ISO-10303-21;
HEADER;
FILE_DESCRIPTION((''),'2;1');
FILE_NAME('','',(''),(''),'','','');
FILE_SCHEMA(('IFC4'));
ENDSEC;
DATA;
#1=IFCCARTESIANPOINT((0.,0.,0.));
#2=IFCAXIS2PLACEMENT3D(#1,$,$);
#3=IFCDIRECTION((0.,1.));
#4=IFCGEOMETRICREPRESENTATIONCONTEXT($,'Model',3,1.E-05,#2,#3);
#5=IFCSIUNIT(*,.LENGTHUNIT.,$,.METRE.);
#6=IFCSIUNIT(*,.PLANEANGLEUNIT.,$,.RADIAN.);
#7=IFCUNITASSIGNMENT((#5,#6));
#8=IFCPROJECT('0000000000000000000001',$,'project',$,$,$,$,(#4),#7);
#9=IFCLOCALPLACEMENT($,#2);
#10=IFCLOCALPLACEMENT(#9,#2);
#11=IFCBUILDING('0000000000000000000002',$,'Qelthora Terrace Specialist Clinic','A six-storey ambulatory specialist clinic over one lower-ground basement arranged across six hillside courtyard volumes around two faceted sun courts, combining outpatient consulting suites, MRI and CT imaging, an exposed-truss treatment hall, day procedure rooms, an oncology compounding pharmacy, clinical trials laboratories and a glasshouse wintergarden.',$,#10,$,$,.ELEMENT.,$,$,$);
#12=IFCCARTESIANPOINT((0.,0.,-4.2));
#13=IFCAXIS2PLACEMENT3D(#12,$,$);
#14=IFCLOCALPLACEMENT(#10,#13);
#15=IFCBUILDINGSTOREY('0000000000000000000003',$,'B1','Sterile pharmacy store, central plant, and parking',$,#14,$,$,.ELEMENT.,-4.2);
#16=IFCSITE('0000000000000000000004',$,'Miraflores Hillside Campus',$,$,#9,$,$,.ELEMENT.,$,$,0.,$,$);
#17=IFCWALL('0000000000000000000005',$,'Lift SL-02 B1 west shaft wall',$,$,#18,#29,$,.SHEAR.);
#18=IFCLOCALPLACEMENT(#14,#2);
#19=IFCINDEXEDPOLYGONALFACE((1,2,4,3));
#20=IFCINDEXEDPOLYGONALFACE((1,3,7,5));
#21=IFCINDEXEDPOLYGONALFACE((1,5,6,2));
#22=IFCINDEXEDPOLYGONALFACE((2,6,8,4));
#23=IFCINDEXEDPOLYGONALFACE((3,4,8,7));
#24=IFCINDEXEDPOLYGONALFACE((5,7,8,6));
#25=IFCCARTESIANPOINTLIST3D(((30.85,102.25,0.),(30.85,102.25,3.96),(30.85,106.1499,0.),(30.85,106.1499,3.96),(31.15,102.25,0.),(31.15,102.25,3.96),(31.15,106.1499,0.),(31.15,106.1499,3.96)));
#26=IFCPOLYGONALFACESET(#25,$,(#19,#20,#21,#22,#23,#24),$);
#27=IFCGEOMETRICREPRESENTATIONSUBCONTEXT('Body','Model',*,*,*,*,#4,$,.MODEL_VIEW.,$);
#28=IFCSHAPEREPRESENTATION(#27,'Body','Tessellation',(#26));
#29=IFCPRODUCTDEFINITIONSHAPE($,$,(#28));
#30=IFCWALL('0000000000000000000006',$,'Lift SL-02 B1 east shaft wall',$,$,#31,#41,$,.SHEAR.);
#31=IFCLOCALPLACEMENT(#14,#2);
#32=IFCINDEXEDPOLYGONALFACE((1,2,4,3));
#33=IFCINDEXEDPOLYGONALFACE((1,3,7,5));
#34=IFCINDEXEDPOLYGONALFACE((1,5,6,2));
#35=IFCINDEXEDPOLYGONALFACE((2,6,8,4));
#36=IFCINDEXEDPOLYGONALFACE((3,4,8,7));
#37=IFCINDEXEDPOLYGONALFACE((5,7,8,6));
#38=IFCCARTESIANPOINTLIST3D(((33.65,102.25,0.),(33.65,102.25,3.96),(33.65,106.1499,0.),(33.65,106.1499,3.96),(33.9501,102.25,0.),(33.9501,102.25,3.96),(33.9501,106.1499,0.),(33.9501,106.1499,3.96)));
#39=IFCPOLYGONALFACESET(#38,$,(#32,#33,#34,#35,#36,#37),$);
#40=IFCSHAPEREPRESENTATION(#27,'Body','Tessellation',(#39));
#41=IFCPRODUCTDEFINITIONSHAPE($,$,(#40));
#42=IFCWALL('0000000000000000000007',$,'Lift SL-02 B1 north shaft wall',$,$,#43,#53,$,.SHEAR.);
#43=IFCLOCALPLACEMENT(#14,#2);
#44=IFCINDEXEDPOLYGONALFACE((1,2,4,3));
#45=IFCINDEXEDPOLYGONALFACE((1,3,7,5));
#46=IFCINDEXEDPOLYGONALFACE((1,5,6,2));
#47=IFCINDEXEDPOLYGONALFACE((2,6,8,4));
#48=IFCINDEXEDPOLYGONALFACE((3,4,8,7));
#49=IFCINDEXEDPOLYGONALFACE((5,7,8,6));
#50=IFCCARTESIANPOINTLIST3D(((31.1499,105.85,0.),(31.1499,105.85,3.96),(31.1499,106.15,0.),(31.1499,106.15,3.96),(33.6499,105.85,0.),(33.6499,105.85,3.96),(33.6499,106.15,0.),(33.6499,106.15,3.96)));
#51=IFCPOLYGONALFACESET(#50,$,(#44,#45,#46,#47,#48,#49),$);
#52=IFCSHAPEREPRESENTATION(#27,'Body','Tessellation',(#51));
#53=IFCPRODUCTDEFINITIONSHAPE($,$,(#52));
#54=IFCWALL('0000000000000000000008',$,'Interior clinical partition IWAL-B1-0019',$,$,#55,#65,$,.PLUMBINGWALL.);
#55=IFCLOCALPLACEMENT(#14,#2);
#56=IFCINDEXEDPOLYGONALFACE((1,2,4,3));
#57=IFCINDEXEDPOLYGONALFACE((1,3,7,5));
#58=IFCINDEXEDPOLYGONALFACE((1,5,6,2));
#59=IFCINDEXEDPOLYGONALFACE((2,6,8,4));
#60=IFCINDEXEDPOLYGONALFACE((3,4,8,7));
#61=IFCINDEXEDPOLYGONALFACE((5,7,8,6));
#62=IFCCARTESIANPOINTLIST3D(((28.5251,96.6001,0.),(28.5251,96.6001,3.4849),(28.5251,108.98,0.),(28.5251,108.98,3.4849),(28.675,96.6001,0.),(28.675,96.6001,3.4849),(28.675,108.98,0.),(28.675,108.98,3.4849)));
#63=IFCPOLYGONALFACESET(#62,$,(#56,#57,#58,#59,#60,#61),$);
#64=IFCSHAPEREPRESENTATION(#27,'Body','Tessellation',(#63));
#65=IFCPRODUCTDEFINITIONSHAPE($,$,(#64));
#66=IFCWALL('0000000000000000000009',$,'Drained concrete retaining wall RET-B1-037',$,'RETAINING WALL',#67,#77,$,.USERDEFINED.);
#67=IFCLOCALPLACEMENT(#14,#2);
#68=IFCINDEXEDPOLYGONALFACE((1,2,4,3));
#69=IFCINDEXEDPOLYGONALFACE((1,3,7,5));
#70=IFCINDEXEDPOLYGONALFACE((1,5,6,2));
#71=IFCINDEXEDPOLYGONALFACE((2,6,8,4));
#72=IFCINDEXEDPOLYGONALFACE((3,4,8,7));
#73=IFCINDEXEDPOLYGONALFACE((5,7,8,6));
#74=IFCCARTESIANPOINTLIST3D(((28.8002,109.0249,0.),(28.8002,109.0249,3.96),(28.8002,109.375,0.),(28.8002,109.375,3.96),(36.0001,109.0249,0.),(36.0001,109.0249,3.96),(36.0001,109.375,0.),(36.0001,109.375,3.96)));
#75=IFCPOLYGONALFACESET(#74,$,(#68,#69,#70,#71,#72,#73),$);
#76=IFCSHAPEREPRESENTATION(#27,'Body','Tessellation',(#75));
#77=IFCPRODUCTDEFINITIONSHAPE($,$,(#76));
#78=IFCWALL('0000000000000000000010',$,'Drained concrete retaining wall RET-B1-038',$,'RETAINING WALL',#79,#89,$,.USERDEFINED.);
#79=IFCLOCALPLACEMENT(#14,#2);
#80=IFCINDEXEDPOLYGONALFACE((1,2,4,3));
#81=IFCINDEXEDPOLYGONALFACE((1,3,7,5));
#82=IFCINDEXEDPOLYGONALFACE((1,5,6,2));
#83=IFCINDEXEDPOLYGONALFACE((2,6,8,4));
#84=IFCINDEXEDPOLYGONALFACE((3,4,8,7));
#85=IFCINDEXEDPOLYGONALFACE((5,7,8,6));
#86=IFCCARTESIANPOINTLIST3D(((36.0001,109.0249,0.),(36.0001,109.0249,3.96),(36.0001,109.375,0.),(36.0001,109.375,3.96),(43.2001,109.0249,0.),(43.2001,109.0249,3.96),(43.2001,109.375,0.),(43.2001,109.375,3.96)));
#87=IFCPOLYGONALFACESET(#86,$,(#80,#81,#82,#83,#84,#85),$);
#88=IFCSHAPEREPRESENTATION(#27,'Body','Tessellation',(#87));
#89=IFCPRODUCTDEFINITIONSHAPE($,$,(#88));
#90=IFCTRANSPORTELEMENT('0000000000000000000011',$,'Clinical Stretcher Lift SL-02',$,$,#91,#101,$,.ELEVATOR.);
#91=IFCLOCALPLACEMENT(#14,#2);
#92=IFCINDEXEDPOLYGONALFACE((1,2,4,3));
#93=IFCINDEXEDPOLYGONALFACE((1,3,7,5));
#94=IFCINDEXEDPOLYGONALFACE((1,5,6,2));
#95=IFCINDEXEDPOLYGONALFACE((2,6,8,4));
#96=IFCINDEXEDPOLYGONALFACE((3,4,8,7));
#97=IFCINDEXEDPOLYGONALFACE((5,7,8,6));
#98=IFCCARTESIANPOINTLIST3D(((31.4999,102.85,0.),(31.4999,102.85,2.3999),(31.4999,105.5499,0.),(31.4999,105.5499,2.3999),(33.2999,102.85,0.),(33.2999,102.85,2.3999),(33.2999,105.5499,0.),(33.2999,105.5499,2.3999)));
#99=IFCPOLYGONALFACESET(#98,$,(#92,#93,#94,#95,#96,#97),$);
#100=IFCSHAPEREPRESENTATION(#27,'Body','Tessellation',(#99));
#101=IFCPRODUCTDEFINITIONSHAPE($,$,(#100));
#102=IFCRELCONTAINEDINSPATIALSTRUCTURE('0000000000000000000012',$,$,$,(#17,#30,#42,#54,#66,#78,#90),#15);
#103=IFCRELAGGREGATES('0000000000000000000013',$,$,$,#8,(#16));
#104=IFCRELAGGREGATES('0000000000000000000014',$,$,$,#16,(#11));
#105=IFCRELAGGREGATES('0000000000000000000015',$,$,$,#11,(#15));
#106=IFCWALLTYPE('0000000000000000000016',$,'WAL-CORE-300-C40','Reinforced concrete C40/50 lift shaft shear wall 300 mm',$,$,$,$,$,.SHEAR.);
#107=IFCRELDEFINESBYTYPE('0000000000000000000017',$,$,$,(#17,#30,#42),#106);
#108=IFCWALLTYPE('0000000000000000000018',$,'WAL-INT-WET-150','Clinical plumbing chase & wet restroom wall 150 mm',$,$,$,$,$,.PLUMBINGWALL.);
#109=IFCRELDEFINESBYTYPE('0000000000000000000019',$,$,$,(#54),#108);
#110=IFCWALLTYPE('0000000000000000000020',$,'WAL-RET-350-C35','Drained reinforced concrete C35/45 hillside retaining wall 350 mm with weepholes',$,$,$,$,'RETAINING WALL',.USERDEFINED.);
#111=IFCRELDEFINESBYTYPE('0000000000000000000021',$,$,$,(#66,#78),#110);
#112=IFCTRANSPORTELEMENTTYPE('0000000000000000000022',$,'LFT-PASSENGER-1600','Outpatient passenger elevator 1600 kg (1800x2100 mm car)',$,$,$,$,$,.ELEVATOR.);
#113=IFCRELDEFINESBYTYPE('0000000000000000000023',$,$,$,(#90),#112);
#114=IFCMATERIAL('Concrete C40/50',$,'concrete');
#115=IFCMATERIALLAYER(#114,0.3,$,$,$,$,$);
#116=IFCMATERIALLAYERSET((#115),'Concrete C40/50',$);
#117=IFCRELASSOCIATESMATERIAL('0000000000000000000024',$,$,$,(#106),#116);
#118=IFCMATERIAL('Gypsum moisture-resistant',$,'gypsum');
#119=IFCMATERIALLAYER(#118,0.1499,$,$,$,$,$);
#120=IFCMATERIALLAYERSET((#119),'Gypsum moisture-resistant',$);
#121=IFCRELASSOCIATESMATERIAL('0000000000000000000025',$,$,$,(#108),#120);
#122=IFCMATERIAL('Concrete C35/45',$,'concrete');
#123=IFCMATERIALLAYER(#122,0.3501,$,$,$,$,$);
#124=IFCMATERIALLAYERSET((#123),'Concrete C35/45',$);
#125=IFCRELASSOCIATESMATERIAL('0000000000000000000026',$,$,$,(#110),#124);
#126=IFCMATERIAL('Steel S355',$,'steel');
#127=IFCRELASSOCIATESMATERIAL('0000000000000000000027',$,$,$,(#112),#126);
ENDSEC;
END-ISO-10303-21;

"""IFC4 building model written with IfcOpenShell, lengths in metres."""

from ifc_helpers import new_model, si_unit, direction, frame, frame_2d, origin, origin_2d, place, context, subcontext, project, spatial, rectangle, extrude, material, layer, layer_set, type_object, element, save


model = new_model("IFC4")

# Units and contexts
model_context = context("Model", 3, precision=1e-05, world=origin(), true_north=direction((0.0, 1.0)))
body_context = subcontext(model_context, "Body", "Model", "MODEL_VIEW")
ifc_project = project(units=[si_unit("LENGTHUNIT", "METRE"), si_unit("PLANEANGLEUNIT", "RADIAN")], contexts=[model_context])

# Site, building, storey
site_placement = place(None, origin())
site = spatial("IfcSite", under=ifc_project, at=site_placement, Name="Miraflores Hillside Campus", CompositionType="ELEMENT", RefElevation=0.0)
building_placement = place(site_placement, origin())
building = spatial("IfcBuilding", under=site, at=building_placement, Name="Qelthora Terrace Specialist Clinic", Description="A six-storey ambulatory specialist clinic over one lower-ground basement arranged across six hillside courtyard volumes around two faceted sun courts, combining outpatient consulting suites, MRI and CT imaging, an exposed-truss treatment hall, day procedure rooms, an oncology compounding pharmacy, clinical trials laboratories and a glasshouse wintergarden.", CompositionType="ELEMENT")
storey_placement = place(building_placement, frame((0.0, 0.0, -4.2)))
storey = spatial("IfcBuildingStorey", under=building, at=storey_placement, Name="B1", Description="Sterile pharmacy store, central plant, and parking", CompositionType="ELEMENT", Elevation=-4.2)

# Shared definitions
ifc_material_1 = material(Name="Concrete C35/45", Category="concrete")

# Shared definitions
ifc_material_2 = material(Name="Concrete C40/50", Category="concrete")
ifc_material_3 = material(Name="Steel S355", Category="steel")

# Walls
ifc_layer_1 = layer(ifc_material_2, 0.3)
ifc_layer_set_1 = layer_set([ifc_layer_1], Name="Concrete C40/50")
wall_type_1 = type_object("IfcWallType", Name="WAL-CORE-300-C40", Description="Reinforced concrete C40/50 lift shaft shear wall 300 mm", PredefinedType="SHEAR", material=ifc_layer_set_1)
for number, where, z_axis, x_axis, name in (
    (1, (31.0, 102.25, 0.0), (0.0, 0.0, 1.0), (0.0, 1.0, 0.0), "Lift SL-02 B1 west shaft wall"),
    (2, (33.8, 102.25, 0.0), (0.0, 0.0, 1.0), (0.0, 1.0, 0.0), "Lift SL-02 B1 east shaft wall"),
):
    element("IfcWall", number, at=place(storey_placement, frame(where, z_axis=z_axis, x_axis=x_axis)), inside=storey, type_object=wall_type_1, Name=name, PredefinedType="SHEAR", context=body_context, shape_type="SweptSolid", body=[
        extrude(rectangle(XDim=3.8999, YDim=0.3, at=frame_2d((1.95, 0.0))), origin(), (0.0, 0.0, 1.0), 3.96),
    ])
wall_1_placement = place(storey_placement, frame((31.1499, 106.0, 0.0), z_axis=(0.0, 0.0, 1.0), x_axis=(1.0, 0.0, 0.0)))
element("IfcWall", 3, at=wall_1_placement, inside=storey, type_object=wall_type_1, Name="Lift SL-02 B1 north shaft wall", PredefinedType="SHEAR", context=body_context, shape_type="SweptSolid", body=[
    extrude(rectangle(XDim=2.5, YDim=0.3, at=frame_2d((1.25, 0.0))), origin(), (0.0, 0.0, 1.0), 3.96),
])

# Walls
ifc_material_4 = material(Name="Gypsum moisture-resistant", Category="gypsum")
ifc_layer_2 = layer(ifc_material_4, 0.1499)
ifc_layer_set_2 = layer_set([ifc_layer_2], Name="Gypsum moisture-resistant")
wall_type_2 = type_object("IfcWallType", Name="WAL-INT-WET-150", Description="Clinical plumbing chase & wet restroom wall 150 mm", PredefinedType="PLUMBINGWALL", material=ifc_layer_set_2)
wall_2_placement = place(storey_placement, frame((28.6001, 108.98, 0.0), z_axis=(0.0, 0.0, 1.0), x_axis=(0.0, -1.0, 0.0)))
element("IfcWall", 4, at=wall_2_placement, inside=storey, type_object=wall_type_2, Name="Interior clinical partition IWAL-B1-0019", PredefinedType="PLUMBINGWALL", context=body_context, shape_type="SweptSolid", body=[
    extrude(rectangle(XDim=12.3799, YDim=0.1499, at=frame_2d((6.1899, 0.0))), origin(), (0.0, 0.0, 1.0), 3.4849),
])
ifc_layer_3 = layer(ifc_material_1, 0.3501)
ifc_layer_set_3 = layer_set([ifc_layer_3], Name="Concrete C35/45")
wall_type_3 = type_object("IfcWallType", Name="WAL-RET-350-C35", Description="Drained reinforced concrete C35/45 hillside retaining wall 350 mm with weepholes", ElementType="RETAINING WALL", PredefinedType="USERDEFINED", material=ifc_layer_set_3)
for number, where, z_axis, x_axis, name in (
    (5, (28.8, 109.2, 0.0), (0.0, 0.0, 1.0), (1.0, 0.0, 0.0), "Drained concrete retaining wall RET-B1-037"),
    (6, (36.0, 109.2, 0.0), (0.0, 0.0, 1.0), (1.0, 0.0, 0.0), "Drained concrete retaining wall RET-B1-038"),
):
    element("IfcWall", number, at=place(storey_placement, frame(where, z_axis=z_axis, x_axis=x_axis)), inside=storey, type_object=wall_type_3, Name=name, ObjectType="RETAINING WALL", PredefinedType="USERDEFINED", context=body_context, shape_type="SweptSolid", body=[
        extrude(rectangle(XDim=7.2, YDim=0.3501, at=frame_2d((3.6001, 0.0))), origin(), (0.0, 0.0, 1.0), 3.96),
    ])

# Transport element
transport_element_type = type_object("IfcTransportElementType", Name="LFT-PASSENGER-1600", Description="Outpatient passenger elevator 1600 kg (1800x2100 mm car)", PredefinedType="ELEVATOR", material=ifc_material_3)
transport_element_placement = place(storey_placement, frame((32.3999, 104.2, 0.0), z_axis=(0.0, 0.0, 1.0), x_axis=(1.0, 0.0, 0.0)))
element("IfcTransportElement", 7, at=transport_element_placement, inside=storey, type_object=transport_element_type, Name="Clinical Stretcher Lift SL-02", PredefinedType="ELEVATOR", context=body_context, shape_type="SweptSolid", body=[
    extrude(rectangle(XDim=1.8, YDim=2.7, at=origin_2d()), origin(), (0.0, 0.0, 1.0), 2.3999),
])

save(model, "model.ifc")
